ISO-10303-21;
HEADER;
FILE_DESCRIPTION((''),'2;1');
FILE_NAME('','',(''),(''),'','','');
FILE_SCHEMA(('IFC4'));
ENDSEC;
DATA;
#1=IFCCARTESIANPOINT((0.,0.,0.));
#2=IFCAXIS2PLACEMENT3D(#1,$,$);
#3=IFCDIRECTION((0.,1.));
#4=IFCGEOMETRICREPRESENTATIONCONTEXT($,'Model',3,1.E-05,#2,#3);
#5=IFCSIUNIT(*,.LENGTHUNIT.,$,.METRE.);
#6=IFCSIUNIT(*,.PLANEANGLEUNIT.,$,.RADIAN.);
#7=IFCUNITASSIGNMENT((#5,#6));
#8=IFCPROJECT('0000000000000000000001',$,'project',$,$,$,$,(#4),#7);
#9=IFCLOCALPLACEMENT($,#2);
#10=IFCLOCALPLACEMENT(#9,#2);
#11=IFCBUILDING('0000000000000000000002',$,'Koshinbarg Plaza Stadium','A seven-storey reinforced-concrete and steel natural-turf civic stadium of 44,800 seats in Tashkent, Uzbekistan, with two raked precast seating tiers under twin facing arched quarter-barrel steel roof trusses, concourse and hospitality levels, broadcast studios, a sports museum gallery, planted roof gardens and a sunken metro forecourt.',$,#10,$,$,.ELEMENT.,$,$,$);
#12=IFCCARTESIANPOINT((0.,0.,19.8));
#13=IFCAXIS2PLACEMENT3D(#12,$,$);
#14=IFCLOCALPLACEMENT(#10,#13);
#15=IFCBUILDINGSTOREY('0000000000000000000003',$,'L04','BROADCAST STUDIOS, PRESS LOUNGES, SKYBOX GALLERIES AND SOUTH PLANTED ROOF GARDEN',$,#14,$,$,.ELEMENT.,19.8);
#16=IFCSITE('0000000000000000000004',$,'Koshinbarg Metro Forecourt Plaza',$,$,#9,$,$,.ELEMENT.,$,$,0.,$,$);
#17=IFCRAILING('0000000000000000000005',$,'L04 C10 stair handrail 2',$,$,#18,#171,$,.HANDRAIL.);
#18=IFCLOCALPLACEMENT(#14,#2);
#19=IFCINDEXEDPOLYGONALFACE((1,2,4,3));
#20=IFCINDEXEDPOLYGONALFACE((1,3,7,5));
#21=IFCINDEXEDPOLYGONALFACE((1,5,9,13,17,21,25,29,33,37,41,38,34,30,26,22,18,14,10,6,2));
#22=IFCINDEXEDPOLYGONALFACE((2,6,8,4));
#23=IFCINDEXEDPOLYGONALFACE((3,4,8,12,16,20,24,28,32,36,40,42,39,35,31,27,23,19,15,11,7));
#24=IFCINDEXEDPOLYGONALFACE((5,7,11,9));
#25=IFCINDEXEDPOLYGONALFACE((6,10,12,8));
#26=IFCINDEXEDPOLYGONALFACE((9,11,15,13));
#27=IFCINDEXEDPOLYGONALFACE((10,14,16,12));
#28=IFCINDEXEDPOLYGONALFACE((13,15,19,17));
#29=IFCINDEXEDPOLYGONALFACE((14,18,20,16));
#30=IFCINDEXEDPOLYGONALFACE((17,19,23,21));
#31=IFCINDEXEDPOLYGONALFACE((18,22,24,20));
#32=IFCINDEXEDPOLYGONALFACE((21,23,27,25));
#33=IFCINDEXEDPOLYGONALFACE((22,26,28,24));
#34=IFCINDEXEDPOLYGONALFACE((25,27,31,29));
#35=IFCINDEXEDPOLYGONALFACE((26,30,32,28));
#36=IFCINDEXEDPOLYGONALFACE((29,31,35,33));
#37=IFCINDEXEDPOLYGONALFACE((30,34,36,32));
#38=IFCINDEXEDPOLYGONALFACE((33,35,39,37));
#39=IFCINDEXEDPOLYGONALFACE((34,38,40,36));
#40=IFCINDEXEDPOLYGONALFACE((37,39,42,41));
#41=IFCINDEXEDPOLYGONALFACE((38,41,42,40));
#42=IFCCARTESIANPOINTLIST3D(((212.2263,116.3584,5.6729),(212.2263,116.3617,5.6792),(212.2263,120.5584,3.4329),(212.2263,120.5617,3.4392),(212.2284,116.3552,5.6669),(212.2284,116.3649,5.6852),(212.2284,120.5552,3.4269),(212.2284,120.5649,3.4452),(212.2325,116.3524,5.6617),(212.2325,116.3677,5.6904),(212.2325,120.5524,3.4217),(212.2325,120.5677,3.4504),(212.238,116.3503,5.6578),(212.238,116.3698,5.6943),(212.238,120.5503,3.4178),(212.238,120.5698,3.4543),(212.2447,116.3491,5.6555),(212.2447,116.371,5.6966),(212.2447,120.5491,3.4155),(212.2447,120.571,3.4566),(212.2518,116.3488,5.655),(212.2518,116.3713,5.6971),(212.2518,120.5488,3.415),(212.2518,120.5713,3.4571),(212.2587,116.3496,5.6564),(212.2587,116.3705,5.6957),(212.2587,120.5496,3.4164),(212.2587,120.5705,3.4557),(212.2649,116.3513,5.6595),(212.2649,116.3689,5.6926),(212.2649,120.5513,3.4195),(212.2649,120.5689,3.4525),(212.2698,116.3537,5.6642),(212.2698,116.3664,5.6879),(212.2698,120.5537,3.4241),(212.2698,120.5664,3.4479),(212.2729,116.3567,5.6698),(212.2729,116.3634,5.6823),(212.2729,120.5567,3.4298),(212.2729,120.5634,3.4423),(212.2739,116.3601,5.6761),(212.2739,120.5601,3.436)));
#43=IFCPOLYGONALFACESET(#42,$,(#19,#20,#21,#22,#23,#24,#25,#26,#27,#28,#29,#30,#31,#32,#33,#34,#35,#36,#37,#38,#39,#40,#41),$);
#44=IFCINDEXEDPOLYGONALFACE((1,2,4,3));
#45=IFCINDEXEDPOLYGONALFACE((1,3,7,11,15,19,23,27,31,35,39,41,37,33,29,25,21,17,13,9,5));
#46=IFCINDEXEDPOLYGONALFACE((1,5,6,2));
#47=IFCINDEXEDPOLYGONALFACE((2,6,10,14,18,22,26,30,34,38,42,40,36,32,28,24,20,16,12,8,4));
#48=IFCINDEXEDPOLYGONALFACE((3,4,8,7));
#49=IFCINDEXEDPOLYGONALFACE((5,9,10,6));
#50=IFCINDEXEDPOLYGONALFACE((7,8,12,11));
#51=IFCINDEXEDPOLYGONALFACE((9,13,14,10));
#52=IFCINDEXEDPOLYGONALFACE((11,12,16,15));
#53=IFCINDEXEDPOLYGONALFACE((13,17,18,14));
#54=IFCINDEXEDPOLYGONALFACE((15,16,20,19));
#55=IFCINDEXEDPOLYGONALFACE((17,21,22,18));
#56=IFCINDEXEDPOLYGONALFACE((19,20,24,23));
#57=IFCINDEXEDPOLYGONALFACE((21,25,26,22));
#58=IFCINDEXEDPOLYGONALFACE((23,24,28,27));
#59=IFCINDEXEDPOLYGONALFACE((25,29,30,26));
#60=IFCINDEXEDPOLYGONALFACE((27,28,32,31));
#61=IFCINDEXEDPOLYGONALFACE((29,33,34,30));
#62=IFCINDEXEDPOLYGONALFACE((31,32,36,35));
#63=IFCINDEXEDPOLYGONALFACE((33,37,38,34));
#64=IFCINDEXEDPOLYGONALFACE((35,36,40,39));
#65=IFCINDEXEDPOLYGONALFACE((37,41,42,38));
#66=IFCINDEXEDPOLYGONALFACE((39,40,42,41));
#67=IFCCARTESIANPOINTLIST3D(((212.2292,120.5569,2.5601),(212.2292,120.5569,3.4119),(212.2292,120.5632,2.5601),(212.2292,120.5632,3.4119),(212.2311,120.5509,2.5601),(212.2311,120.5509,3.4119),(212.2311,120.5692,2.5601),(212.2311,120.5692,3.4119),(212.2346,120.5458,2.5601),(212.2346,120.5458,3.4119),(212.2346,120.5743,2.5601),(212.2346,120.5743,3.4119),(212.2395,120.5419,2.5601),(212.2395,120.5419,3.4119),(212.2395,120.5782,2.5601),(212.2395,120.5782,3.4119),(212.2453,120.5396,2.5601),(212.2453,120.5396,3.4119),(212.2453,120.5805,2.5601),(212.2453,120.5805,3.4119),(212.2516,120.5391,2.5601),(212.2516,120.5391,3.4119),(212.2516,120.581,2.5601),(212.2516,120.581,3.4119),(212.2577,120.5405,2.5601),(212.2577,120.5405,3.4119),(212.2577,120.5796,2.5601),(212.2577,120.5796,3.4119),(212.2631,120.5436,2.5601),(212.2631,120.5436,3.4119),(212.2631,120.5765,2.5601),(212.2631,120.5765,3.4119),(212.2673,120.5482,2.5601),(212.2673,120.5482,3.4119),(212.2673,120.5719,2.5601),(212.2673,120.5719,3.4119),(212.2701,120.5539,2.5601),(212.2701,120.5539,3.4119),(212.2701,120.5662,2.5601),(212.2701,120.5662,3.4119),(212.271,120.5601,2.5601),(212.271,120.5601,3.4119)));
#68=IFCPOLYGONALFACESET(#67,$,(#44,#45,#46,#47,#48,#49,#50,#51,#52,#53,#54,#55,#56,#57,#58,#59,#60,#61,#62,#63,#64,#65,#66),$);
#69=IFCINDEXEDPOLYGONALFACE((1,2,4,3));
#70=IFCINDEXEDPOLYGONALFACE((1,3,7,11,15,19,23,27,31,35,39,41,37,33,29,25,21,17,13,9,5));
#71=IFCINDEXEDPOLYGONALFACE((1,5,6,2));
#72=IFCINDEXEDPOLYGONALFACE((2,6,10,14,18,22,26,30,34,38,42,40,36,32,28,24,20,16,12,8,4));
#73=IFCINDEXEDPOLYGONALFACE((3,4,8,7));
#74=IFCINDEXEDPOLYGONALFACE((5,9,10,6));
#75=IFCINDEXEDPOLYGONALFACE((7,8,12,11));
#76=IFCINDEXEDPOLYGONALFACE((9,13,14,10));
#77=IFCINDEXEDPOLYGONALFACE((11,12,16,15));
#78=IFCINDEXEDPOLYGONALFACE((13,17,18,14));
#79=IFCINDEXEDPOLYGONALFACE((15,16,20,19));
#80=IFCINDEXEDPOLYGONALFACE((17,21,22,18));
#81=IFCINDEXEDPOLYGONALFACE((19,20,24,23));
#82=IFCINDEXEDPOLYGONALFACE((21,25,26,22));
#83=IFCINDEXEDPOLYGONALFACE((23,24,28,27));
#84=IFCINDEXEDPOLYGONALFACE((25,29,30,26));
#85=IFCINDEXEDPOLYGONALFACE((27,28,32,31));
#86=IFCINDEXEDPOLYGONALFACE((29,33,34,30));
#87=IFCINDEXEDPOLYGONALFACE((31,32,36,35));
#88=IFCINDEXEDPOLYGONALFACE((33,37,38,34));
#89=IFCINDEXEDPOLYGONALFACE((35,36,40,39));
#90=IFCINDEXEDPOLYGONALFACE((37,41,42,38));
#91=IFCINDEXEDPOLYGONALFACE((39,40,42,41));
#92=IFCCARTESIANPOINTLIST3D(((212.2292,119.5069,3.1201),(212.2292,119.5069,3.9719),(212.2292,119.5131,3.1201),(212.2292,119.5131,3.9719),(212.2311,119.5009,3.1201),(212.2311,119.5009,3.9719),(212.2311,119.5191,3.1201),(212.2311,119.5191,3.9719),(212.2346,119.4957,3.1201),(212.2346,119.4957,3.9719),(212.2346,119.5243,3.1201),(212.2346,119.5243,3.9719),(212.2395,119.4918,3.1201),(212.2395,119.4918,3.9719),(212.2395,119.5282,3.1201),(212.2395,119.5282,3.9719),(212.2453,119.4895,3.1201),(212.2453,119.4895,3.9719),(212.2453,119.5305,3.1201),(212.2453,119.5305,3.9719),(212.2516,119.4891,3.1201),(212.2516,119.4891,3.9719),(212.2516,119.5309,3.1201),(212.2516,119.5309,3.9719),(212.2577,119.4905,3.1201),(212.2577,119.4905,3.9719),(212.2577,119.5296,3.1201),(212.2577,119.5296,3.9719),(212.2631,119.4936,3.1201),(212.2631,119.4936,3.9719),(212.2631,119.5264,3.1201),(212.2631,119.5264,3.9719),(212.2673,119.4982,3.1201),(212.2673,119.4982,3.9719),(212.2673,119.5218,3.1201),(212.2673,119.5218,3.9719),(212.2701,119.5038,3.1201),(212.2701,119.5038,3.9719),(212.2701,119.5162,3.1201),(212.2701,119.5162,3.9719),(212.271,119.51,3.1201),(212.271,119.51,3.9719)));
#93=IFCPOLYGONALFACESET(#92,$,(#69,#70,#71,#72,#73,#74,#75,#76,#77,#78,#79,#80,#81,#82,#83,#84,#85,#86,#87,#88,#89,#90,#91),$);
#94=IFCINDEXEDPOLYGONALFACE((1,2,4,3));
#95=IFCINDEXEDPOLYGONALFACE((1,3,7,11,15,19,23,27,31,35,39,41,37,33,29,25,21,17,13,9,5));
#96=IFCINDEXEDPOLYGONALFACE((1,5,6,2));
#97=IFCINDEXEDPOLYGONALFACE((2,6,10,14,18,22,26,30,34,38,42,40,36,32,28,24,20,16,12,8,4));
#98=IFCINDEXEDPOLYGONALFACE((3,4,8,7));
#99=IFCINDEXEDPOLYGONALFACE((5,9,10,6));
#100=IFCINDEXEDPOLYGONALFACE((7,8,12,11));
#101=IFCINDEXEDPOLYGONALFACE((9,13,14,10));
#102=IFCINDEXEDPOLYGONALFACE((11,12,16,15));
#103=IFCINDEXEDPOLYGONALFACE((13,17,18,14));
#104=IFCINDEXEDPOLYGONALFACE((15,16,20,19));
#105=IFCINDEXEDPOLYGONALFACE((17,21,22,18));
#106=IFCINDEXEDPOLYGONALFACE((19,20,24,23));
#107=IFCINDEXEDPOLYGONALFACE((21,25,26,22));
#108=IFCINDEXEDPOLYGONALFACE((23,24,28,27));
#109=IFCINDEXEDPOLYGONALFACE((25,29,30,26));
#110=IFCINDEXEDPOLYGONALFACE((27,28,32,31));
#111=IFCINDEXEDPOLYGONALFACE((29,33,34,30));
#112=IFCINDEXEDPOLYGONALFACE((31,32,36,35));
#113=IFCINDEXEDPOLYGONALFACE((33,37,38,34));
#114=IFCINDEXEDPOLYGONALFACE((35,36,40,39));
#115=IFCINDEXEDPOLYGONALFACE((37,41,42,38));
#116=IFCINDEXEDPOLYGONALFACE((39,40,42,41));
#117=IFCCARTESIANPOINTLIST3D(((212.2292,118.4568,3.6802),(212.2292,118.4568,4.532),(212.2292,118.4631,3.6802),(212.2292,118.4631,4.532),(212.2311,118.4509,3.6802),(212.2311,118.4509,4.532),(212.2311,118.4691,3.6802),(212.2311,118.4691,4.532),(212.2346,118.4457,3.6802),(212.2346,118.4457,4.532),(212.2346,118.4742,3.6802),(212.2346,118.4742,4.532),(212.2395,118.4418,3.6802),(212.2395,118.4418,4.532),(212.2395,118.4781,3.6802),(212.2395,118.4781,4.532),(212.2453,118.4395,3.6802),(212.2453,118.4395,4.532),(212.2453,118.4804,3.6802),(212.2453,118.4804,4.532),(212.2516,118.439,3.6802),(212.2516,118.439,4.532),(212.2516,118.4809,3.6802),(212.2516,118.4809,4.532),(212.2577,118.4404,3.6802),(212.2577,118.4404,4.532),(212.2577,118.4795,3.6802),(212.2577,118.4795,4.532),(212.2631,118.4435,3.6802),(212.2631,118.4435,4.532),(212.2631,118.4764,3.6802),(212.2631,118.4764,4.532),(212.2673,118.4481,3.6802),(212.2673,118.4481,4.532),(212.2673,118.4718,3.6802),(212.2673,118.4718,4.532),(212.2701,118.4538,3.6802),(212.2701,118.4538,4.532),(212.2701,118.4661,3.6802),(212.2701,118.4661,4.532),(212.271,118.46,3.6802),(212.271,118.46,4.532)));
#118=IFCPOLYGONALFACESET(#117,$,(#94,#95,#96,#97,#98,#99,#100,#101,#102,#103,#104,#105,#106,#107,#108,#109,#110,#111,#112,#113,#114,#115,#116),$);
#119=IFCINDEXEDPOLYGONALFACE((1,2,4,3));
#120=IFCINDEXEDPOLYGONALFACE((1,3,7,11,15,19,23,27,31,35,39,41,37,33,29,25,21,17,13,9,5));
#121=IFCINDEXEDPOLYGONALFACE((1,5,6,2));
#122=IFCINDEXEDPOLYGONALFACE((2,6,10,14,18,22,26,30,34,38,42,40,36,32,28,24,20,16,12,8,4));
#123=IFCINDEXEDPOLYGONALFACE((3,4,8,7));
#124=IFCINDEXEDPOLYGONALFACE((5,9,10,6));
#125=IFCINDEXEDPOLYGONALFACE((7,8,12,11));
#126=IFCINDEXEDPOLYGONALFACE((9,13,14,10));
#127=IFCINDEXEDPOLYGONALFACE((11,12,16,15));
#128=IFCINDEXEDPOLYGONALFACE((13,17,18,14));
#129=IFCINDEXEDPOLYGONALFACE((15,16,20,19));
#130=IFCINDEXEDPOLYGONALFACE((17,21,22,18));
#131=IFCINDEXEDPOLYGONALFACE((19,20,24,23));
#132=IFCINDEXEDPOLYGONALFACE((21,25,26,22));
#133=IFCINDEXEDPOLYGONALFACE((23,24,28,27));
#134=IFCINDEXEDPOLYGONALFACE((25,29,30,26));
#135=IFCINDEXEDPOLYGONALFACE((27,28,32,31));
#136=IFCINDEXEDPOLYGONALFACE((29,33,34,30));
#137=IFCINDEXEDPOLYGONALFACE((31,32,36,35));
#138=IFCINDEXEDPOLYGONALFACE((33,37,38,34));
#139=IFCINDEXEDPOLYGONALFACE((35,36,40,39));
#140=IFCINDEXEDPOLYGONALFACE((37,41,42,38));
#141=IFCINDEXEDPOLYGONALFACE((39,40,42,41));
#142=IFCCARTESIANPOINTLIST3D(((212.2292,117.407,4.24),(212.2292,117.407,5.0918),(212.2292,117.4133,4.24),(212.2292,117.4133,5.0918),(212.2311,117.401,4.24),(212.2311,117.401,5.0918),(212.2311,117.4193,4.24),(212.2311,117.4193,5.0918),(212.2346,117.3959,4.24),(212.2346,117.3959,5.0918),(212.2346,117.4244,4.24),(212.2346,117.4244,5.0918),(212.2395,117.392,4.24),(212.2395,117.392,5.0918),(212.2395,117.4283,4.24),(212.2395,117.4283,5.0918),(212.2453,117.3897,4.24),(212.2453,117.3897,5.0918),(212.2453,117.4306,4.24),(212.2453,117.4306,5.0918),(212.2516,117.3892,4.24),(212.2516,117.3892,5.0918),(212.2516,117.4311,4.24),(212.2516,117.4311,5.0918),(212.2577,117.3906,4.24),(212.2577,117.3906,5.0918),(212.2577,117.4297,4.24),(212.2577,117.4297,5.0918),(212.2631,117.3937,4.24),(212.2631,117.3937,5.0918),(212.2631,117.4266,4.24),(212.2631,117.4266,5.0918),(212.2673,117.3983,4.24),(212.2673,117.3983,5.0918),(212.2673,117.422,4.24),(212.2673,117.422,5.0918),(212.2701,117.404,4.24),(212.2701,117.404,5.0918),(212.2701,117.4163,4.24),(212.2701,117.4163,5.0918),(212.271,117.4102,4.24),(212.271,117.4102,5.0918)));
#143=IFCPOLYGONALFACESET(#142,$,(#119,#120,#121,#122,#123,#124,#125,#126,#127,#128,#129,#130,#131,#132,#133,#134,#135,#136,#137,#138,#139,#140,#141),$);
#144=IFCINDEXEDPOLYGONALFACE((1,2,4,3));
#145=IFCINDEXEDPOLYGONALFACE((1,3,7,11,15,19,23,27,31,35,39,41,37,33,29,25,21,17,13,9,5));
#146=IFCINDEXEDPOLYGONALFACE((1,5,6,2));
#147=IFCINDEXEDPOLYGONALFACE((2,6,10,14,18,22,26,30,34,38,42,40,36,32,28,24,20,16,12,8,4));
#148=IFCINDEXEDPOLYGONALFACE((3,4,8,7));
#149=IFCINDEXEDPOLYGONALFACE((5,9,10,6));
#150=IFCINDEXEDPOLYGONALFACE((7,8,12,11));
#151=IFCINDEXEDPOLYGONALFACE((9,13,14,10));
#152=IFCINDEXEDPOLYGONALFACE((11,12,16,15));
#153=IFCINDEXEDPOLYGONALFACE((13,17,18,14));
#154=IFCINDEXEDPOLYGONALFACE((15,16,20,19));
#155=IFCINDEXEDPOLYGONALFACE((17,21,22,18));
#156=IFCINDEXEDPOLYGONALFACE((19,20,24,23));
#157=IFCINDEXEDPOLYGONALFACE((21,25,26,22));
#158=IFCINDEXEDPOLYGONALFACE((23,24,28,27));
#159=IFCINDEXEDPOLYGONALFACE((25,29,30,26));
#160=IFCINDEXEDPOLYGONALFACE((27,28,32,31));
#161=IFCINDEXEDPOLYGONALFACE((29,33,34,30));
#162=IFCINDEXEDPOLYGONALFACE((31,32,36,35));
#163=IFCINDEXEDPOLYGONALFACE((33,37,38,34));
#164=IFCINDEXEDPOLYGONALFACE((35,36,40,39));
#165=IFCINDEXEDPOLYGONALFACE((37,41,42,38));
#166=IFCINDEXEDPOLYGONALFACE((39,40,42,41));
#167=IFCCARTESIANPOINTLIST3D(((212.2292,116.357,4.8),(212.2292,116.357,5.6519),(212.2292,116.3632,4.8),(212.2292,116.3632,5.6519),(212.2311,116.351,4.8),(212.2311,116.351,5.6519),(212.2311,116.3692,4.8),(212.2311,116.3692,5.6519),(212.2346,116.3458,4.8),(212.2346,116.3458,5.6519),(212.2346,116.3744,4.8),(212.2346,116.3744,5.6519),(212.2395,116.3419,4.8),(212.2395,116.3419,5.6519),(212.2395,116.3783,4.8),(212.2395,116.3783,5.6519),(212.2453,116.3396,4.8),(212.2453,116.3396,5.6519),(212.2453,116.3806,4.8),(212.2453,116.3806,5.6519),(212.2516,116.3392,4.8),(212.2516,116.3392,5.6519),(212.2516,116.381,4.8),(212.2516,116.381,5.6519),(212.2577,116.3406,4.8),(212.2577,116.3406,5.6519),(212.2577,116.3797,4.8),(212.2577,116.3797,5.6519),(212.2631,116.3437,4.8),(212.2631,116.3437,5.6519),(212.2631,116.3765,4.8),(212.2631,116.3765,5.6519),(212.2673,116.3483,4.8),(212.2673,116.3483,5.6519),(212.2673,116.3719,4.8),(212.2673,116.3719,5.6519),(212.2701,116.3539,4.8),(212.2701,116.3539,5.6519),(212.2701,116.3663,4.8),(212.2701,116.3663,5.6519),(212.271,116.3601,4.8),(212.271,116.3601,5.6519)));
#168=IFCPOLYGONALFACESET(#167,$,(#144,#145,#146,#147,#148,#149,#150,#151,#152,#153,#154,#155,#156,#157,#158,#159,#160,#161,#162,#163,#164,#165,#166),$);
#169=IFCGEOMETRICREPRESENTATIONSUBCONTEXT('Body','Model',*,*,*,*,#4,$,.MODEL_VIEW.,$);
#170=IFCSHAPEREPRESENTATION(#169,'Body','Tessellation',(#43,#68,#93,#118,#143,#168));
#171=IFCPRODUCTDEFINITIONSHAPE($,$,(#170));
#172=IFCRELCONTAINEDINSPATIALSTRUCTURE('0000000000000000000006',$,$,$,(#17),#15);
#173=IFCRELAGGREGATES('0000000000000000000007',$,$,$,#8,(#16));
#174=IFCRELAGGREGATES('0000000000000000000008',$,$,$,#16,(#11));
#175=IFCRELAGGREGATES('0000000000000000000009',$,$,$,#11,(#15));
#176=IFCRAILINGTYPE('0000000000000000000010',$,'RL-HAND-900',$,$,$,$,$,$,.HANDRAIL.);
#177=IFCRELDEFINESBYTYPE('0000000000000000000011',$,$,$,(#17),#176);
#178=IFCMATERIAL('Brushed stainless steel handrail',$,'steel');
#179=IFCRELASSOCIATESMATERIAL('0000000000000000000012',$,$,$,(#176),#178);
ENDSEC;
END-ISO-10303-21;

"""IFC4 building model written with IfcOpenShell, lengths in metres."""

from ifc_helpers import new_model, si_unit, direction, frame, origin, origin_2d, place, context, subcontext, project, spatial, circle, extrude, material, type_object, element, save


model = new_model("IFC4")

# Units and contexts
model_context = context("Model", 3, precision=1e-05, world=origin(), true_north=direction((0.0, 1.0)))
body_context = subcontext(model_context, "Body", "Model", "MODEL_VIEW")
ifc_project = project(units=[si_unit("LENGTHUNIT", "METRE"), si_unit("PLANEANGLEUNIT", "RADIAN")], contexts=[model_context])

# Site, building, storey
site_placement = place(None, origin())
site = spatial("IfcSite", under=ifc_project, at=site_placement, Name="Koshinbarg Metro Forecourt Plaza", CompositionType="ELEMENT", RefElevation=0.0)
building_placement = place(site_placement, origin())
building = spatial("IfcBuilding", under=site, at=building_placement, Name="Koshinbarg Plaza Stadium", Description="A seven-storey reinforced-concrete and steel natural-turf civic stadium of 44,800 seats in Tashkent, Uzbekistan, with two raked precast seating tiers under twin facing arched quarter-barrel steel roof trusses, concourse and hospitality levels, broadcast studios, a sports museum gallery, planted roof gardens and a sunken metro forecourt.", CompositionType="ELEMENT")
storey_placement = place(building_placement, frame((0.0, 0.0, 19.8)))
storey = spatial("IfcBuildingStorey", under=building, at=storey_placement, Name="L04", Description="BROADCAST STUDIOS, PRESS LOUNGES, SKYBOX GALLERIES AND SOUTH PLANTED ROOF GARDEN", CompositionType="ELEMENT", Elevation=19.8)

# Railing
ifc_material_1 = material(Name="Brushed stainless steel handrail", Category="steel")
railing_type_1 = type_object("IfcRailingType", Name="RL-HAND-900", PredefinedType="HANDRAIL", material=ifc_material_1)
railing_1_placement = place(storey_placement, frame((212.25, 120.5601, 2.5601)))
element("IfcRailing", 1, at=railing_1_placement, inside=storey, type_object=railing_type_1, Name="L04 C10 stair handrail 2", PredefinedType="HANDRAIL", context=body_context, shape_type="SweptSolid", body=[
    extrude(circle(Radius=0.0239, at=origin_2d()), frame((0.0, 0.0, 0.876), z_axis=(0.0, -0.882352, 0.470591), x_axis=(1.0, 0.0, 0.0)), (0.0, 0.0, 1.0), 4.76),
    extrude(circle(Radius=0.021, at=origin_2d()), origin(), (0.0, 0.0, 1.0), 0.8518),
    extrude(circle(Radius=0.021, at=origin_2d()), frame((0.0, -1.05, 0.5601)), (0.0, 0.0, 1.0), 0.8518),
    extrude(circle(Radius=0.021, at=origin_2d()), frame((0.0, -2.1001, 1.1201)), (0.0, 0.0, 1.0), 0.8518),
    extrude(circle(Radius=0.021, at=origin_2d()), frame((0.0, -3.1499, 1.6799)), (0.0, 0.0, 1.0), 0.8518),
    extrude(circle(Radius=0.021, at=origin_2d()), frame((0.0, -4.2, 2.24)), (0.0, 0.0, 1.0), 0.8518),
])

save(model, "model.ifc")
